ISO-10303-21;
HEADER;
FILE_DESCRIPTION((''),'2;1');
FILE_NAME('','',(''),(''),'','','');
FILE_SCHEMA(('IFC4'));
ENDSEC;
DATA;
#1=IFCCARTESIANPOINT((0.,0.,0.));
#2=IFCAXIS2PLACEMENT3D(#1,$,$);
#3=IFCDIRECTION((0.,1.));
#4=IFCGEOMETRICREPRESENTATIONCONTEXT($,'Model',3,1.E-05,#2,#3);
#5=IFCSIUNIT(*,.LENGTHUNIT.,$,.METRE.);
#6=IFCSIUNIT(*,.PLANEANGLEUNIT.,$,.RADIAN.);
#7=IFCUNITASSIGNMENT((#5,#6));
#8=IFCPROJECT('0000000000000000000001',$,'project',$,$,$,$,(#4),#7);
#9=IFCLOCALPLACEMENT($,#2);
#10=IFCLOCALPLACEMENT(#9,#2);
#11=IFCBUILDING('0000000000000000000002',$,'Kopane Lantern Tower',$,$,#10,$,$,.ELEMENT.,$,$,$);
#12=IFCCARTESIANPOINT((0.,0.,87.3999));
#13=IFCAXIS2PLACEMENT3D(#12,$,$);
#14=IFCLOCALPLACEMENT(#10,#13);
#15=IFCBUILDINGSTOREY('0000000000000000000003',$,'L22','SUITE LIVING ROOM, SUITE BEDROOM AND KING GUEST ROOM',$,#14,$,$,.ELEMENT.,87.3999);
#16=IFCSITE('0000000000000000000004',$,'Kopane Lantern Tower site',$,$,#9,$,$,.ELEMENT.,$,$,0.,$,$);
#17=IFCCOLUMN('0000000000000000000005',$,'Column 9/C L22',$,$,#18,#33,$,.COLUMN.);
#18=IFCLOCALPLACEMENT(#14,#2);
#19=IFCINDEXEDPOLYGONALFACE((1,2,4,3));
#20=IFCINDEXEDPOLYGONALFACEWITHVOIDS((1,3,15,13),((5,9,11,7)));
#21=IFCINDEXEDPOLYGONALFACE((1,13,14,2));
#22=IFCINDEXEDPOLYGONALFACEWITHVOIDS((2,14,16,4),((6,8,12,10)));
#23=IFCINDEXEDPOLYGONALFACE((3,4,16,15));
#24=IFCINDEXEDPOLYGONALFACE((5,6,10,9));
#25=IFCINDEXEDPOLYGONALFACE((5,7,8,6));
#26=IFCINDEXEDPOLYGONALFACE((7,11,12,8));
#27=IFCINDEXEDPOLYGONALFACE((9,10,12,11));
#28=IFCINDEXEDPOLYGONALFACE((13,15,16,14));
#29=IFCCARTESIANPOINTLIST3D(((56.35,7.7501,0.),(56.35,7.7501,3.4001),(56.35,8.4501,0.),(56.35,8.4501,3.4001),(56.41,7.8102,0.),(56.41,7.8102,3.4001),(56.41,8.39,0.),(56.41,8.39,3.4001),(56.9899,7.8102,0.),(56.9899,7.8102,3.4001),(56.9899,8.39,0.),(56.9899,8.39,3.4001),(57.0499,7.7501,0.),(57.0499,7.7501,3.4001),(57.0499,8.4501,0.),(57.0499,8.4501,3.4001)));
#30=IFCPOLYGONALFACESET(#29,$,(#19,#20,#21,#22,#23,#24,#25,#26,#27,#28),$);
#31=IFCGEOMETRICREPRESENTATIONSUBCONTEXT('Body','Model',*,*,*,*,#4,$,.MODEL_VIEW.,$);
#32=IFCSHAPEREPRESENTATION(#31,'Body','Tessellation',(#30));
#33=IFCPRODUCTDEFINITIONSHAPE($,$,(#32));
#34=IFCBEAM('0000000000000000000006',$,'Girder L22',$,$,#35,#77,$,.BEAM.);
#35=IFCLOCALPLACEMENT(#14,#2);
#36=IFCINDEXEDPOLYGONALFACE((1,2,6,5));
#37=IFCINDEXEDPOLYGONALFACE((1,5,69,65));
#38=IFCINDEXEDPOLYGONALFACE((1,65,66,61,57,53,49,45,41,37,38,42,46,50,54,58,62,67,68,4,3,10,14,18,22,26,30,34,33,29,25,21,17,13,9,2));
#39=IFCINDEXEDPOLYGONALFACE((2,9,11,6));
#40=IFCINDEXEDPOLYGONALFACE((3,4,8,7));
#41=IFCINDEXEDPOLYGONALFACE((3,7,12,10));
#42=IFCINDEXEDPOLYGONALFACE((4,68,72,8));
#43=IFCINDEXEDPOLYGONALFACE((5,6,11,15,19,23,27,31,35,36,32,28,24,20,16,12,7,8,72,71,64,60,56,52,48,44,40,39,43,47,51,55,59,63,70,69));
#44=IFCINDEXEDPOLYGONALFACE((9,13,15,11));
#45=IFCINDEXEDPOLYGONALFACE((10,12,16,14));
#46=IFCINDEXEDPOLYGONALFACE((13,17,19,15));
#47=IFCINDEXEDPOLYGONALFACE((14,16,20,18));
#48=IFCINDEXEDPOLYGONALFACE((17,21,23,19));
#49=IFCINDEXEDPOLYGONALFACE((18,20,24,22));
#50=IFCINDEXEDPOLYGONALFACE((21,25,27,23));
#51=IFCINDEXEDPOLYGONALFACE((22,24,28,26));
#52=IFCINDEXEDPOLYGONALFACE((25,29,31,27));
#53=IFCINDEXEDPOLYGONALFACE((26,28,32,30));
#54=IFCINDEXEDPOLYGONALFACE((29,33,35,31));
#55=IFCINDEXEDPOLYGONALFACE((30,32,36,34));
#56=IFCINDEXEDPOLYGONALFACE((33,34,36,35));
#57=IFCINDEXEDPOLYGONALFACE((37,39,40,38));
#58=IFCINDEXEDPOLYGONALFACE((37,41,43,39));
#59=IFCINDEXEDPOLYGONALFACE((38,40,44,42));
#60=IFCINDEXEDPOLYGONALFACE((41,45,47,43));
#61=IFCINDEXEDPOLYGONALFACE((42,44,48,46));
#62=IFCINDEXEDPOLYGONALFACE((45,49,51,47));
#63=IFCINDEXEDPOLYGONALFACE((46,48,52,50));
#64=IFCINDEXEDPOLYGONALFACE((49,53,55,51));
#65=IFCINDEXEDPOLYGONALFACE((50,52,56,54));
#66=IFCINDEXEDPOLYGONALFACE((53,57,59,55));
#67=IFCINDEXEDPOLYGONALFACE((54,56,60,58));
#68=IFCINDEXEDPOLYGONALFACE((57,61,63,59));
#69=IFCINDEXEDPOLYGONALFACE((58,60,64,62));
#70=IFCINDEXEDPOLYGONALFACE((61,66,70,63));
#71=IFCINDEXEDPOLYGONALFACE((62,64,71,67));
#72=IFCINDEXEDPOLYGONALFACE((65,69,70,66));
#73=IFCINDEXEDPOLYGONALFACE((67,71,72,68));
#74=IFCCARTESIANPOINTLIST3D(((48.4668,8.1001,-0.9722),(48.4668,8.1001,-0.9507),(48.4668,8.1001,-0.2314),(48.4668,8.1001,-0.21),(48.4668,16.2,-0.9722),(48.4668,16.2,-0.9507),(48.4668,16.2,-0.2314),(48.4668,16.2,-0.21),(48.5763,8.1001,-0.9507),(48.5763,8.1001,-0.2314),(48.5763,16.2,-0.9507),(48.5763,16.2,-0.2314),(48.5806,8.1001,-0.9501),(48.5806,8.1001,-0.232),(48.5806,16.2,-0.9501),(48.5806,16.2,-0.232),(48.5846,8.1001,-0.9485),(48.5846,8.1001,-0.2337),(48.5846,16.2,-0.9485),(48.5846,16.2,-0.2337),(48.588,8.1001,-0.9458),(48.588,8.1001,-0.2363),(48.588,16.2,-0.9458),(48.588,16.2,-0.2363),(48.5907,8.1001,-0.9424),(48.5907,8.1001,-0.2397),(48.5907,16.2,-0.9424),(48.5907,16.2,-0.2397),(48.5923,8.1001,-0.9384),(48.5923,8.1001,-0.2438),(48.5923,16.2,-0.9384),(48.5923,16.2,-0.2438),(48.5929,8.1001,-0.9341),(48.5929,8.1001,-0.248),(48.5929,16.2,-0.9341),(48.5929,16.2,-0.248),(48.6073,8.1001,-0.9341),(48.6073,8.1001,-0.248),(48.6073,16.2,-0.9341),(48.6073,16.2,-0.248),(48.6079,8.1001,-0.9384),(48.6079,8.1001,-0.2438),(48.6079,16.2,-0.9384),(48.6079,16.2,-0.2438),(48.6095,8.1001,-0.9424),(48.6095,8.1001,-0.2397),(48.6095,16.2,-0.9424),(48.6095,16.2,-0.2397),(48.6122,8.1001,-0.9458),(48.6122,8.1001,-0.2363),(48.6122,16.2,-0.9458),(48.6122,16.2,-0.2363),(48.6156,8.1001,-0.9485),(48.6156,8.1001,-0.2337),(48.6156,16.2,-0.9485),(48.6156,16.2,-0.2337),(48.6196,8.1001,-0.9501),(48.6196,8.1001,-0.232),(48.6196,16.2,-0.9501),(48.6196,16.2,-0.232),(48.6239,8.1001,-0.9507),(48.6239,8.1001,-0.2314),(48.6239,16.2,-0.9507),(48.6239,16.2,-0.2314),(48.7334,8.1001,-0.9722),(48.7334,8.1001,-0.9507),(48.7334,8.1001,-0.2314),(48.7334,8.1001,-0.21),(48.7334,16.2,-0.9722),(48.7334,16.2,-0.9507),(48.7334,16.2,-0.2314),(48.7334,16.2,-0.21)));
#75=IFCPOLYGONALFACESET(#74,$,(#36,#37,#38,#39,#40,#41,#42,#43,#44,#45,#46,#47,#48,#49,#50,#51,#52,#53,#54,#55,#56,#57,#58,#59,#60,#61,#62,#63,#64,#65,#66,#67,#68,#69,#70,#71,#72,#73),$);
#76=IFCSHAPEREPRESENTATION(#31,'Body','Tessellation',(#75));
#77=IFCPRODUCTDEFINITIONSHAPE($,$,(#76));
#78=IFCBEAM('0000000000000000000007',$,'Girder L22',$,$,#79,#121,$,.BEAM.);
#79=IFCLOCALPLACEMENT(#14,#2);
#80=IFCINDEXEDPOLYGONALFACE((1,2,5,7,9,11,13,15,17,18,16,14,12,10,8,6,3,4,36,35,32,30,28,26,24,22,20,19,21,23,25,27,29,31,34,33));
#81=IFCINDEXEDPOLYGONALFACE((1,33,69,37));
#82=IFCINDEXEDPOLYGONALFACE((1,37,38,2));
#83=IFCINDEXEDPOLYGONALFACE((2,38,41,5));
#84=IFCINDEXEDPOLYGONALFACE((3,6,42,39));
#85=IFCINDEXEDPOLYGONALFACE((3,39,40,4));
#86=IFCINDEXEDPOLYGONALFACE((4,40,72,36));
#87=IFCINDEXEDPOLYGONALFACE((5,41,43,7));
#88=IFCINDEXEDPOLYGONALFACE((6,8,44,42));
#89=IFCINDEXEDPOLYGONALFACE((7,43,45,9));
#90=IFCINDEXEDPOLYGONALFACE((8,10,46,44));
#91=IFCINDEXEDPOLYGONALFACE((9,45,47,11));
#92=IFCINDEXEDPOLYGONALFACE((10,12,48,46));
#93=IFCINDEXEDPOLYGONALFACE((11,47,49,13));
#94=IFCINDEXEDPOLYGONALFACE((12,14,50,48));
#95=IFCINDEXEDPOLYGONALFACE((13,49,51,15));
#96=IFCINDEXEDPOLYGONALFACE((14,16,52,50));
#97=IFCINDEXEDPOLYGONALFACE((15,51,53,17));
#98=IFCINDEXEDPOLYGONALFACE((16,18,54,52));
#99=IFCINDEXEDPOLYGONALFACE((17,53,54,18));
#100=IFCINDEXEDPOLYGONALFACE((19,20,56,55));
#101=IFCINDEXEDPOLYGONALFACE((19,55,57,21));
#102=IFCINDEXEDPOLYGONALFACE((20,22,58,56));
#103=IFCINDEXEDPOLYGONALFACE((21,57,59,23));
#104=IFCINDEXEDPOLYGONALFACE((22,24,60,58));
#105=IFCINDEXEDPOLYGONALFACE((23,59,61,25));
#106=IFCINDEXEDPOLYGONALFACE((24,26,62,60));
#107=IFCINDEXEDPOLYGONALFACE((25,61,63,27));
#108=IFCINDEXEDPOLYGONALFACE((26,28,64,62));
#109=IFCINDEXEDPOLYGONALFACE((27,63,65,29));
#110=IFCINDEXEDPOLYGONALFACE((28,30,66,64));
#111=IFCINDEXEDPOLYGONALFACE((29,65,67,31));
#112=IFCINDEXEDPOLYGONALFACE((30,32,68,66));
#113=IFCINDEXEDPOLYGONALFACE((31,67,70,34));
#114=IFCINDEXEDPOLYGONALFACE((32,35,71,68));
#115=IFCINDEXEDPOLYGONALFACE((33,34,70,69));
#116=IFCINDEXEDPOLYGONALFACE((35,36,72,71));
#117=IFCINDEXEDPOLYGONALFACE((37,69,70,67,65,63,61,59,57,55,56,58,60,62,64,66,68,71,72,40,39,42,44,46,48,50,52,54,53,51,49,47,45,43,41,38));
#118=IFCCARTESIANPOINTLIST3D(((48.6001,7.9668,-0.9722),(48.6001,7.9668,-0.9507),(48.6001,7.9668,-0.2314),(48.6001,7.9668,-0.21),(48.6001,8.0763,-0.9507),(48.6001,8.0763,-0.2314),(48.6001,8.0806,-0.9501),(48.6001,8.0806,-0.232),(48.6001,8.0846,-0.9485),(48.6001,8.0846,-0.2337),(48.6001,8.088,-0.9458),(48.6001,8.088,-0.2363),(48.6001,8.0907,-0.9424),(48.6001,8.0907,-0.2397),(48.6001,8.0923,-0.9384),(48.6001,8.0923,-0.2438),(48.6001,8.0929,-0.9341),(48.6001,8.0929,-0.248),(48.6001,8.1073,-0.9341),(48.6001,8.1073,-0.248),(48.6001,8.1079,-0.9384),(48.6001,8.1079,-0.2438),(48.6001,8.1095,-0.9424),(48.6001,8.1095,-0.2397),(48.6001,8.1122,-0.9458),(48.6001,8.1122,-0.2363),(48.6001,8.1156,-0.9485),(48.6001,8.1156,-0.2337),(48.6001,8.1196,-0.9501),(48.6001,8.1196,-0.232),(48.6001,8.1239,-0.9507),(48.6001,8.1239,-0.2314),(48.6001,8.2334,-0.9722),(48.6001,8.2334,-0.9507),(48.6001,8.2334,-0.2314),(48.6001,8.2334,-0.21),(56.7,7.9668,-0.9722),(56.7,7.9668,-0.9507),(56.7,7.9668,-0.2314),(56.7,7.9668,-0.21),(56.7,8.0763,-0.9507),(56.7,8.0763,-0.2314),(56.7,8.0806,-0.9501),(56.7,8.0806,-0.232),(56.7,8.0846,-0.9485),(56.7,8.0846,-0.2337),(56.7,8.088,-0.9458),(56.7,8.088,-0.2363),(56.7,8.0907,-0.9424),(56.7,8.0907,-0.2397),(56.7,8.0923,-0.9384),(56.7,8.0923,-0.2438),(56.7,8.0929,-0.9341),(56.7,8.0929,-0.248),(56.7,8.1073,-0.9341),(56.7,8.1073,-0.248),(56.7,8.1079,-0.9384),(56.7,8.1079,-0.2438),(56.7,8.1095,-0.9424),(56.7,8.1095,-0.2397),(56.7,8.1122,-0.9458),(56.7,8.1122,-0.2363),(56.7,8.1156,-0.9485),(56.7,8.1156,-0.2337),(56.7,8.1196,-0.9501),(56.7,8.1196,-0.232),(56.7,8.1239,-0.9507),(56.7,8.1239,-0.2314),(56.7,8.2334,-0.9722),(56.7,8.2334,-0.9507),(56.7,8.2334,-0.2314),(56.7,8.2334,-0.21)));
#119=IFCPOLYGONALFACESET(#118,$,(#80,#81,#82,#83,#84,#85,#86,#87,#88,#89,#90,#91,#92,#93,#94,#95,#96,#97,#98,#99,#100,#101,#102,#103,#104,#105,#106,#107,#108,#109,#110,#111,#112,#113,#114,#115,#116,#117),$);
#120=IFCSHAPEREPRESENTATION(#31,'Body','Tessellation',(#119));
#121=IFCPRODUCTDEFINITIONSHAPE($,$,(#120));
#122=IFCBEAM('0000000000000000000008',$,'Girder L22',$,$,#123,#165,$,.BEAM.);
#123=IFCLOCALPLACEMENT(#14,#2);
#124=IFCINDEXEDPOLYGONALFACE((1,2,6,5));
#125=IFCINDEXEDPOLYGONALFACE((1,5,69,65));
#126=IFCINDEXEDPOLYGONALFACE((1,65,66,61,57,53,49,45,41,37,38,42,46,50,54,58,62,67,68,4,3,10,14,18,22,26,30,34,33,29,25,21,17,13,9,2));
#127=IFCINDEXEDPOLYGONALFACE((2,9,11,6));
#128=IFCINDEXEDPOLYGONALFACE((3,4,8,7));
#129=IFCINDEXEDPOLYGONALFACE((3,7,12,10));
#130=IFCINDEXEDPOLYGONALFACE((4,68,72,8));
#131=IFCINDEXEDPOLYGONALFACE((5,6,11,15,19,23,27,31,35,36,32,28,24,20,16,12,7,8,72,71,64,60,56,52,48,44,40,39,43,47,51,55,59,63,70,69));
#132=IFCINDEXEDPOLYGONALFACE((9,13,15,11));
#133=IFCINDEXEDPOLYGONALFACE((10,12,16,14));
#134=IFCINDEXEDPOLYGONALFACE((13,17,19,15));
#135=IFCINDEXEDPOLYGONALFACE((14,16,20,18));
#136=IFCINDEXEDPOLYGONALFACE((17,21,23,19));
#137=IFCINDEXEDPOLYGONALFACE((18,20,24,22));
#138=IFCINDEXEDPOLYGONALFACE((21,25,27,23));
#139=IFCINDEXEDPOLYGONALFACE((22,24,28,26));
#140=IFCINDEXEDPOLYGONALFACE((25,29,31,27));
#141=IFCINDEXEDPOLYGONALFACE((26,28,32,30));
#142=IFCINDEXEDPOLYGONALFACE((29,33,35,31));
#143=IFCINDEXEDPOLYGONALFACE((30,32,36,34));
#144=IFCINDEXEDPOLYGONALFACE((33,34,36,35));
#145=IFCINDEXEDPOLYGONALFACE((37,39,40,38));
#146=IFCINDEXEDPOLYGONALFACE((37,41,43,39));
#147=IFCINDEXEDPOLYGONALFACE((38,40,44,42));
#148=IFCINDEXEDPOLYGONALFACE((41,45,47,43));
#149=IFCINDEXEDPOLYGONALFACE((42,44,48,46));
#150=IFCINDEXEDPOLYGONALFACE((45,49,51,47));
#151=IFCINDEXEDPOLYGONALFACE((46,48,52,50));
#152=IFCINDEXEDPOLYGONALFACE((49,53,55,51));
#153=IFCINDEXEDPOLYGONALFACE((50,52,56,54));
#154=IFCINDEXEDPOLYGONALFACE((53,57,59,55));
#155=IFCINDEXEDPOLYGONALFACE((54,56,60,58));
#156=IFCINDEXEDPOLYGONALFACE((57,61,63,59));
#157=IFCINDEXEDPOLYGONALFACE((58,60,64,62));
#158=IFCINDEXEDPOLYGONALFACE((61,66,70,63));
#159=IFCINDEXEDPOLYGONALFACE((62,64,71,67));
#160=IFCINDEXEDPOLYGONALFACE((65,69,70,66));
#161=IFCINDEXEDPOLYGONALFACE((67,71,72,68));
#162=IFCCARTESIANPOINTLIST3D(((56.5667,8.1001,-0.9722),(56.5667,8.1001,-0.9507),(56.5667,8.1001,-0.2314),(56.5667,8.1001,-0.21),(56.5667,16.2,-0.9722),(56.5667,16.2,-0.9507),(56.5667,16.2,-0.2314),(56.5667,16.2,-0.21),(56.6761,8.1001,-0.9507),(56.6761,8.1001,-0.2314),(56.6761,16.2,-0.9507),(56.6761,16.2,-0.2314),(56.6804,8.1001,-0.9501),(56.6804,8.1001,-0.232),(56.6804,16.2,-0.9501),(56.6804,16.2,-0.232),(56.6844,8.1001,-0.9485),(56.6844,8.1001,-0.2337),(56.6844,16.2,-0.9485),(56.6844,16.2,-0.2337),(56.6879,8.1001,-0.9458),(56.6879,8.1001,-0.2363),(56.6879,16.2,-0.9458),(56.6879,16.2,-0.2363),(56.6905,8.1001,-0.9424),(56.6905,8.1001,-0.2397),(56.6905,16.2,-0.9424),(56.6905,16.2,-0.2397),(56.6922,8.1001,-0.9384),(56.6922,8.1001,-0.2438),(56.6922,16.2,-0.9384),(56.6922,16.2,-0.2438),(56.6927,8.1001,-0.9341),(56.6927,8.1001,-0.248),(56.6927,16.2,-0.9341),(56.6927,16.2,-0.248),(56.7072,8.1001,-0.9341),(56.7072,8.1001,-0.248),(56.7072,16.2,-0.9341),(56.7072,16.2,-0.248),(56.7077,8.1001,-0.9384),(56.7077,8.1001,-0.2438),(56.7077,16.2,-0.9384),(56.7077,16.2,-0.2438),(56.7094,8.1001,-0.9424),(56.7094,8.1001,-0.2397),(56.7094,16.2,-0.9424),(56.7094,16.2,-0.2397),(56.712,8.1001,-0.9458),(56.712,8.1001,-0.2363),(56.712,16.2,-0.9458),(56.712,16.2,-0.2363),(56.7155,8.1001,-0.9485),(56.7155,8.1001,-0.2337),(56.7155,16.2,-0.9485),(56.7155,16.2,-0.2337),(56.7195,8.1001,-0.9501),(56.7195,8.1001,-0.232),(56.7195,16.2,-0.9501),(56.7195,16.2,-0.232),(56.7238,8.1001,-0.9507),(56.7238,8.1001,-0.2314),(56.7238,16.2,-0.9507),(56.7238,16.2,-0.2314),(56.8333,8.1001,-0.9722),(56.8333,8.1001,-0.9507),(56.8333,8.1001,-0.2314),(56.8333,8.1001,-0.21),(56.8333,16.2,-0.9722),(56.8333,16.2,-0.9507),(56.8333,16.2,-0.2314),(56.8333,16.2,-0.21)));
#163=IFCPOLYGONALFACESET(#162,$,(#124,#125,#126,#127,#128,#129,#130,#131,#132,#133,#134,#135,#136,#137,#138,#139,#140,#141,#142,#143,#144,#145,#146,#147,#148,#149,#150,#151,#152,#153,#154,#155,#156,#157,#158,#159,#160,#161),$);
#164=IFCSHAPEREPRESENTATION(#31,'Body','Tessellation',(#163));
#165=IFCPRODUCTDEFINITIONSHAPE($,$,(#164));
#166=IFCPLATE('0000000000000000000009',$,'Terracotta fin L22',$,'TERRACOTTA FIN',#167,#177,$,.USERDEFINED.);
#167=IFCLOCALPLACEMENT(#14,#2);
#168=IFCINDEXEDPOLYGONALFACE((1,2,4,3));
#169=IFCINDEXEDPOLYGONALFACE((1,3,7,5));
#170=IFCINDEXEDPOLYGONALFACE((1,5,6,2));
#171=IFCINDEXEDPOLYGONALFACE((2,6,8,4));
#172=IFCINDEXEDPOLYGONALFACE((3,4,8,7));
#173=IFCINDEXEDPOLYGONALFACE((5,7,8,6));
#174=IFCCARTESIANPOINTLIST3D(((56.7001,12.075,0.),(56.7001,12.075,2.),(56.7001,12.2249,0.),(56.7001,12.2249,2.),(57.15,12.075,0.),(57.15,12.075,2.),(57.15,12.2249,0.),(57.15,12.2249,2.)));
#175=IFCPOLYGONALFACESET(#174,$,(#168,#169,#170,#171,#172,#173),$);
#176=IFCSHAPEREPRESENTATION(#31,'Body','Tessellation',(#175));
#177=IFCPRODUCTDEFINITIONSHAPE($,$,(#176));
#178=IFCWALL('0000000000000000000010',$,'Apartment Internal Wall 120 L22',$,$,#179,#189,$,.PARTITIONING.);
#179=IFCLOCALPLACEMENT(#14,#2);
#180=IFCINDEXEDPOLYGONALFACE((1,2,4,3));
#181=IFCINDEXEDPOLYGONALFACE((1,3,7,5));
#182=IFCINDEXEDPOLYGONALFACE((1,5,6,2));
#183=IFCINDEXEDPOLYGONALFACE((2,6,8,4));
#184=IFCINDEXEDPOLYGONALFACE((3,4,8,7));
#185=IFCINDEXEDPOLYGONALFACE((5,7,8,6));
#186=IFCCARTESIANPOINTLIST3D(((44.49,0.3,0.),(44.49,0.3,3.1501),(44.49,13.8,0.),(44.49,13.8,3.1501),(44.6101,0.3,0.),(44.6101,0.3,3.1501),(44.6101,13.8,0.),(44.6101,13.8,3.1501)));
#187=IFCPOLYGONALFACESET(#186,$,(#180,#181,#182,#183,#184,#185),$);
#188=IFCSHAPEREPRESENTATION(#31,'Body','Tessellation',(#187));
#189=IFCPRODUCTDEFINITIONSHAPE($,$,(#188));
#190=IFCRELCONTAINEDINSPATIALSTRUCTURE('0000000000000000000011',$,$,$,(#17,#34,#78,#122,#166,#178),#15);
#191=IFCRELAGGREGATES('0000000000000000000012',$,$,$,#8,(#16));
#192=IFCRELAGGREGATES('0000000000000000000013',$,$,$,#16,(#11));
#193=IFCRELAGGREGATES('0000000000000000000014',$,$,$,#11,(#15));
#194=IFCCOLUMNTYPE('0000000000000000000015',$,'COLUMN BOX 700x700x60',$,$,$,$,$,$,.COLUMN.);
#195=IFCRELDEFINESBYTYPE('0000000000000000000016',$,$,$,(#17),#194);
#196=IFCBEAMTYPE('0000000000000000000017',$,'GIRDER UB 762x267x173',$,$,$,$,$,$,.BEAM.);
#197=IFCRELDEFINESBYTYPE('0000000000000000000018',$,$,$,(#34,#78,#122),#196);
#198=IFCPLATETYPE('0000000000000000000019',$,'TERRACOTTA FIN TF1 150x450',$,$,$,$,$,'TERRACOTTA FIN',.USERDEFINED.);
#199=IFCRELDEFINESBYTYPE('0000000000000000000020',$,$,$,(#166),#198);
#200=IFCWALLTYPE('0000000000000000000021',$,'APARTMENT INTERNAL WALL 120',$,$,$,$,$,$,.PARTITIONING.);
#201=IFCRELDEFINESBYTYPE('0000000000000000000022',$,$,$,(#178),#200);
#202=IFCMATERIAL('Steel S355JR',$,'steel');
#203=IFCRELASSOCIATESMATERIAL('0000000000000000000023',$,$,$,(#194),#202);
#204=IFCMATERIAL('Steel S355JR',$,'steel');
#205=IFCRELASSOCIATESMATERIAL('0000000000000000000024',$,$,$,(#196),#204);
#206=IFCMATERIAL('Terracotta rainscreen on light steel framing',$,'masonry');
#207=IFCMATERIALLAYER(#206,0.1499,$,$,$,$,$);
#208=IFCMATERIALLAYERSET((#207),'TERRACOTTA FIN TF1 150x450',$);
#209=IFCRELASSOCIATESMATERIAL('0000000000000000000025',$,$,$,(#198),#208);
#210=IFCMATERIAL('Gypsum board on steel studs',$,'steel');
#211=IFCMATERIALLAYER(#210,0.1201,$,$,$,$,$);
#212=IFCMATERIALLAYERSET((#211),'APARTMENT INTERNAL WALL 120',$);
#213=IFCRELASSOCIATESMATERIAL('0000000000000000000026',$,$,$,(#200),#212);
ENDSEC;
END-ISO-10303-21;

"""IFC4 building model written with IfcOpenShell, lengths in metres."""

from ifc_helpers import new_model, si_unit, direction, frame, frame_2d, origin, origin_2d, place, context, subcontext, project, spatial, rectangle, hollow_rectangle, i_section, extrude, material, layer, layer_set, material_profile, profile_set, type_object, element, save


model = new_model("IFC4")

# Units and contexts
model_context = context("Model", 3, precision=1e-05, world=origin(), true_north=direction((0.0, 1.0)))
body_context = subcontext(model_context, "Body", "Model", "MODEL_VIEW")
ifc_project = project(units=[si_unit("LENGTHUNIT", "METRE"), si_unit("PLANEANGLEUNIT", "RADIAN")], contexts=[model_context])

# Site, building, storey
site_placement = place(None, origin())
site = spatial("IfcSite", under=ifc_project, at=site_placement, Name="Kopane Lantern Tower site", CompositionType="ELEMENT", RefElevation=0.0)
building_placement = place(site_placement, origin())
building = spatial("IfcBuilding", under=site, at=building_placement, Name="Kopane Lantern Tower", CompositionType="ELEMENT")
storey_placement = place(building_placement, frame((0.0, 0.0, 87.3999)))
storey = spatial("IfcBuildingStorey", under=building, at=storey_placement, Name="L22", Description="SUITE LIVING ROOM, SUITE BEDROOM AND KING GUEST ROOM", CompositionType="ELEMENT", Elevation=87.3999)

# Column
ifc_material_1 = material(Name="Steel S355JR", Category="steel")
ifc_material_profile_1 = material_profile(ifc_material_1, hollow_rectangle(XDim=0.7, YDim=0.7, WallThickness=0.0601, at=origin_2d()), Name="BOX 700x700x60")
ifc_profile_set_1 = profile_set([ifc_material_profile_1], Name="Steel S355JR")
column_type = type_object("IfcColumnType", Name="COLUMN BOX 700x700x60", PredefinedType="COLUMN", material=ifc_profile_set_1)
column_placement = place(storey_placement, frame((56.7, 8.1001, 0.0), z_axis=(0.0, 0.0, 1.0), x_axis=(1.0, 0.0, 0.0)))
element("IfcColumn", 1, at=column_placement, inside=storey, type_object=column_type, Name="Column 9/C L22", PredefinedType="COLUMN", context=body_context, shape_type="SweptSolid", body=[
    extrude(hollow_rectangle(XDim=0.7, YDim=0.7, WallThickness=0.0601, at=origin_2d()), origin(), (0.0, 0.0, 1.0), 3.4001),
])

# Beams
ifc_material_2 = material(Name="Steel S355JR", Category="steel")
ifc_material_profile_2 = material_profile(ifc_material_2, i_section(OverallWidth=0.2666, OverallDepth=0.7622, WebThickness=0.0144, FlangeThickness=0.0215, FilletRadius=0.0166, at=origin_2d()), Name="UB 762x267x173")
ifc_profile_set_2 = profile_set([ifc_material_profile_2], Name="Steel S355JR")
beam_type = type_object("IfcBeamType", Name="GIRDER UB 762x267x173", PredefinedType="BEAM", material=ifc_profile_set_2)
for number, where, z_axis, x_axis, name in (
    (2, (48.6001, 8.1001, -0.5911), (0.0, 1.0, 0.0), (-1.0, 0.0, 0.0), "Girder L22"),
    (3, (48.6001, 8.1001, -0.5911), (1.0, 0.0, 0.0), (0.0, 1.0, 0.0), "Girder L22"),
    (4, (56.7, 8.1001, -0.5911), (0.0, 1.0, 0.0), (-1.0, 0.0, 0.0), "Girder L22"),
):
    element("IfcBeam", number, at=place(storey_placement, frame(where, z_axis=z_axis, x_axis=x_axis)), inside=storey, type_object=beam_type, Name=name, PredefinedType="BEAM", context=body_context, shape_type="SweptSolid", body=[
        extrude(i_section(OverallWidth=0.2666, OverallDepth=0.7622, WebThickness=0.0144, FlangeThickness=0.0215, FilletRadius=0.0166, at=origin_2d()), origin(), (0.0, 0.0, 1.0), 8.0999),
    ])

# Plate
ifc_material_3 = material(Name="Terracotta rainscreen on light steel framing", Category="masonry")
ifc_layer_1 = layer(ifc_material_3, 0.1499)
ifc_layer_set_1 = layer_set([ifc_layer_1], Name="TERRACOTTA FIN TF1 150x450")
plate_type = type_object("IfcPlateType", Name="TERRACOTTA FIN TF1 150x450", ElementType="TERRACOTTA FIN", PredefinedType="USERDEFINED", material=ifc_layer_set_1)
plate_placement = place(storey_placement, frame((56.925, 12.1499, 0.0), z_axis=(0.0, 0.0, 1.0), x_axis=(0.0, 1.0, 0.0)))
element("IfcPlate", 5, at=plate_placement, inside=storey, type_object=plate_type, Name="Terracotta fin L22", ObjectType="TERRACOTTA FIN", PredefinedType="USERDEFINED", context=body_context, shape_type="SweptSolid", body=[
    extrude(rectangle(XDim=0.1499, YDim=0.45, at=origin_2d()), origin(), (0.0, 0.0, 1.0), 2.0),
])

# Wall
ifc_material_4 = material(Name="Gypsum board on steel studs", Category="steel")
ifc_layer_2 = layer(ifc_material_4, 0.1201)
ifc_layer_set_2 = layer_set([ifc_layer_2], Name="APARTMENT INTERNAL WALL 120")
wall_type_1 = type_object("IfcWallType", Name="APARTMENT INTERNAL WALL 120", PredefinedType="PARTITIONING", material=ifc_layer_set_2)
wall_1_placement = place(storey_placement, frame((44.55, 13.8, 0.0), z_axis=(0.0, 0.0, 1.0), x_axis=(0.0, -1.0, 0.0)))
element("IfcWall", 6, at=wall_1_placement, inside=storey, type_object=wall_type_1, Name="Apartment Internal Wall 120 L22", PredefinedType="PARTITIONING", context=body_context, shape_type="SweptSolid", body=[
    extrude(rectangle(XDim=13.5, YDim=0.1201, at=frame_2d((6.75, 0.0))), origin(), (0.0, 0.0, 1.0), 3.1501),
])

save(model, "model.ifc")
